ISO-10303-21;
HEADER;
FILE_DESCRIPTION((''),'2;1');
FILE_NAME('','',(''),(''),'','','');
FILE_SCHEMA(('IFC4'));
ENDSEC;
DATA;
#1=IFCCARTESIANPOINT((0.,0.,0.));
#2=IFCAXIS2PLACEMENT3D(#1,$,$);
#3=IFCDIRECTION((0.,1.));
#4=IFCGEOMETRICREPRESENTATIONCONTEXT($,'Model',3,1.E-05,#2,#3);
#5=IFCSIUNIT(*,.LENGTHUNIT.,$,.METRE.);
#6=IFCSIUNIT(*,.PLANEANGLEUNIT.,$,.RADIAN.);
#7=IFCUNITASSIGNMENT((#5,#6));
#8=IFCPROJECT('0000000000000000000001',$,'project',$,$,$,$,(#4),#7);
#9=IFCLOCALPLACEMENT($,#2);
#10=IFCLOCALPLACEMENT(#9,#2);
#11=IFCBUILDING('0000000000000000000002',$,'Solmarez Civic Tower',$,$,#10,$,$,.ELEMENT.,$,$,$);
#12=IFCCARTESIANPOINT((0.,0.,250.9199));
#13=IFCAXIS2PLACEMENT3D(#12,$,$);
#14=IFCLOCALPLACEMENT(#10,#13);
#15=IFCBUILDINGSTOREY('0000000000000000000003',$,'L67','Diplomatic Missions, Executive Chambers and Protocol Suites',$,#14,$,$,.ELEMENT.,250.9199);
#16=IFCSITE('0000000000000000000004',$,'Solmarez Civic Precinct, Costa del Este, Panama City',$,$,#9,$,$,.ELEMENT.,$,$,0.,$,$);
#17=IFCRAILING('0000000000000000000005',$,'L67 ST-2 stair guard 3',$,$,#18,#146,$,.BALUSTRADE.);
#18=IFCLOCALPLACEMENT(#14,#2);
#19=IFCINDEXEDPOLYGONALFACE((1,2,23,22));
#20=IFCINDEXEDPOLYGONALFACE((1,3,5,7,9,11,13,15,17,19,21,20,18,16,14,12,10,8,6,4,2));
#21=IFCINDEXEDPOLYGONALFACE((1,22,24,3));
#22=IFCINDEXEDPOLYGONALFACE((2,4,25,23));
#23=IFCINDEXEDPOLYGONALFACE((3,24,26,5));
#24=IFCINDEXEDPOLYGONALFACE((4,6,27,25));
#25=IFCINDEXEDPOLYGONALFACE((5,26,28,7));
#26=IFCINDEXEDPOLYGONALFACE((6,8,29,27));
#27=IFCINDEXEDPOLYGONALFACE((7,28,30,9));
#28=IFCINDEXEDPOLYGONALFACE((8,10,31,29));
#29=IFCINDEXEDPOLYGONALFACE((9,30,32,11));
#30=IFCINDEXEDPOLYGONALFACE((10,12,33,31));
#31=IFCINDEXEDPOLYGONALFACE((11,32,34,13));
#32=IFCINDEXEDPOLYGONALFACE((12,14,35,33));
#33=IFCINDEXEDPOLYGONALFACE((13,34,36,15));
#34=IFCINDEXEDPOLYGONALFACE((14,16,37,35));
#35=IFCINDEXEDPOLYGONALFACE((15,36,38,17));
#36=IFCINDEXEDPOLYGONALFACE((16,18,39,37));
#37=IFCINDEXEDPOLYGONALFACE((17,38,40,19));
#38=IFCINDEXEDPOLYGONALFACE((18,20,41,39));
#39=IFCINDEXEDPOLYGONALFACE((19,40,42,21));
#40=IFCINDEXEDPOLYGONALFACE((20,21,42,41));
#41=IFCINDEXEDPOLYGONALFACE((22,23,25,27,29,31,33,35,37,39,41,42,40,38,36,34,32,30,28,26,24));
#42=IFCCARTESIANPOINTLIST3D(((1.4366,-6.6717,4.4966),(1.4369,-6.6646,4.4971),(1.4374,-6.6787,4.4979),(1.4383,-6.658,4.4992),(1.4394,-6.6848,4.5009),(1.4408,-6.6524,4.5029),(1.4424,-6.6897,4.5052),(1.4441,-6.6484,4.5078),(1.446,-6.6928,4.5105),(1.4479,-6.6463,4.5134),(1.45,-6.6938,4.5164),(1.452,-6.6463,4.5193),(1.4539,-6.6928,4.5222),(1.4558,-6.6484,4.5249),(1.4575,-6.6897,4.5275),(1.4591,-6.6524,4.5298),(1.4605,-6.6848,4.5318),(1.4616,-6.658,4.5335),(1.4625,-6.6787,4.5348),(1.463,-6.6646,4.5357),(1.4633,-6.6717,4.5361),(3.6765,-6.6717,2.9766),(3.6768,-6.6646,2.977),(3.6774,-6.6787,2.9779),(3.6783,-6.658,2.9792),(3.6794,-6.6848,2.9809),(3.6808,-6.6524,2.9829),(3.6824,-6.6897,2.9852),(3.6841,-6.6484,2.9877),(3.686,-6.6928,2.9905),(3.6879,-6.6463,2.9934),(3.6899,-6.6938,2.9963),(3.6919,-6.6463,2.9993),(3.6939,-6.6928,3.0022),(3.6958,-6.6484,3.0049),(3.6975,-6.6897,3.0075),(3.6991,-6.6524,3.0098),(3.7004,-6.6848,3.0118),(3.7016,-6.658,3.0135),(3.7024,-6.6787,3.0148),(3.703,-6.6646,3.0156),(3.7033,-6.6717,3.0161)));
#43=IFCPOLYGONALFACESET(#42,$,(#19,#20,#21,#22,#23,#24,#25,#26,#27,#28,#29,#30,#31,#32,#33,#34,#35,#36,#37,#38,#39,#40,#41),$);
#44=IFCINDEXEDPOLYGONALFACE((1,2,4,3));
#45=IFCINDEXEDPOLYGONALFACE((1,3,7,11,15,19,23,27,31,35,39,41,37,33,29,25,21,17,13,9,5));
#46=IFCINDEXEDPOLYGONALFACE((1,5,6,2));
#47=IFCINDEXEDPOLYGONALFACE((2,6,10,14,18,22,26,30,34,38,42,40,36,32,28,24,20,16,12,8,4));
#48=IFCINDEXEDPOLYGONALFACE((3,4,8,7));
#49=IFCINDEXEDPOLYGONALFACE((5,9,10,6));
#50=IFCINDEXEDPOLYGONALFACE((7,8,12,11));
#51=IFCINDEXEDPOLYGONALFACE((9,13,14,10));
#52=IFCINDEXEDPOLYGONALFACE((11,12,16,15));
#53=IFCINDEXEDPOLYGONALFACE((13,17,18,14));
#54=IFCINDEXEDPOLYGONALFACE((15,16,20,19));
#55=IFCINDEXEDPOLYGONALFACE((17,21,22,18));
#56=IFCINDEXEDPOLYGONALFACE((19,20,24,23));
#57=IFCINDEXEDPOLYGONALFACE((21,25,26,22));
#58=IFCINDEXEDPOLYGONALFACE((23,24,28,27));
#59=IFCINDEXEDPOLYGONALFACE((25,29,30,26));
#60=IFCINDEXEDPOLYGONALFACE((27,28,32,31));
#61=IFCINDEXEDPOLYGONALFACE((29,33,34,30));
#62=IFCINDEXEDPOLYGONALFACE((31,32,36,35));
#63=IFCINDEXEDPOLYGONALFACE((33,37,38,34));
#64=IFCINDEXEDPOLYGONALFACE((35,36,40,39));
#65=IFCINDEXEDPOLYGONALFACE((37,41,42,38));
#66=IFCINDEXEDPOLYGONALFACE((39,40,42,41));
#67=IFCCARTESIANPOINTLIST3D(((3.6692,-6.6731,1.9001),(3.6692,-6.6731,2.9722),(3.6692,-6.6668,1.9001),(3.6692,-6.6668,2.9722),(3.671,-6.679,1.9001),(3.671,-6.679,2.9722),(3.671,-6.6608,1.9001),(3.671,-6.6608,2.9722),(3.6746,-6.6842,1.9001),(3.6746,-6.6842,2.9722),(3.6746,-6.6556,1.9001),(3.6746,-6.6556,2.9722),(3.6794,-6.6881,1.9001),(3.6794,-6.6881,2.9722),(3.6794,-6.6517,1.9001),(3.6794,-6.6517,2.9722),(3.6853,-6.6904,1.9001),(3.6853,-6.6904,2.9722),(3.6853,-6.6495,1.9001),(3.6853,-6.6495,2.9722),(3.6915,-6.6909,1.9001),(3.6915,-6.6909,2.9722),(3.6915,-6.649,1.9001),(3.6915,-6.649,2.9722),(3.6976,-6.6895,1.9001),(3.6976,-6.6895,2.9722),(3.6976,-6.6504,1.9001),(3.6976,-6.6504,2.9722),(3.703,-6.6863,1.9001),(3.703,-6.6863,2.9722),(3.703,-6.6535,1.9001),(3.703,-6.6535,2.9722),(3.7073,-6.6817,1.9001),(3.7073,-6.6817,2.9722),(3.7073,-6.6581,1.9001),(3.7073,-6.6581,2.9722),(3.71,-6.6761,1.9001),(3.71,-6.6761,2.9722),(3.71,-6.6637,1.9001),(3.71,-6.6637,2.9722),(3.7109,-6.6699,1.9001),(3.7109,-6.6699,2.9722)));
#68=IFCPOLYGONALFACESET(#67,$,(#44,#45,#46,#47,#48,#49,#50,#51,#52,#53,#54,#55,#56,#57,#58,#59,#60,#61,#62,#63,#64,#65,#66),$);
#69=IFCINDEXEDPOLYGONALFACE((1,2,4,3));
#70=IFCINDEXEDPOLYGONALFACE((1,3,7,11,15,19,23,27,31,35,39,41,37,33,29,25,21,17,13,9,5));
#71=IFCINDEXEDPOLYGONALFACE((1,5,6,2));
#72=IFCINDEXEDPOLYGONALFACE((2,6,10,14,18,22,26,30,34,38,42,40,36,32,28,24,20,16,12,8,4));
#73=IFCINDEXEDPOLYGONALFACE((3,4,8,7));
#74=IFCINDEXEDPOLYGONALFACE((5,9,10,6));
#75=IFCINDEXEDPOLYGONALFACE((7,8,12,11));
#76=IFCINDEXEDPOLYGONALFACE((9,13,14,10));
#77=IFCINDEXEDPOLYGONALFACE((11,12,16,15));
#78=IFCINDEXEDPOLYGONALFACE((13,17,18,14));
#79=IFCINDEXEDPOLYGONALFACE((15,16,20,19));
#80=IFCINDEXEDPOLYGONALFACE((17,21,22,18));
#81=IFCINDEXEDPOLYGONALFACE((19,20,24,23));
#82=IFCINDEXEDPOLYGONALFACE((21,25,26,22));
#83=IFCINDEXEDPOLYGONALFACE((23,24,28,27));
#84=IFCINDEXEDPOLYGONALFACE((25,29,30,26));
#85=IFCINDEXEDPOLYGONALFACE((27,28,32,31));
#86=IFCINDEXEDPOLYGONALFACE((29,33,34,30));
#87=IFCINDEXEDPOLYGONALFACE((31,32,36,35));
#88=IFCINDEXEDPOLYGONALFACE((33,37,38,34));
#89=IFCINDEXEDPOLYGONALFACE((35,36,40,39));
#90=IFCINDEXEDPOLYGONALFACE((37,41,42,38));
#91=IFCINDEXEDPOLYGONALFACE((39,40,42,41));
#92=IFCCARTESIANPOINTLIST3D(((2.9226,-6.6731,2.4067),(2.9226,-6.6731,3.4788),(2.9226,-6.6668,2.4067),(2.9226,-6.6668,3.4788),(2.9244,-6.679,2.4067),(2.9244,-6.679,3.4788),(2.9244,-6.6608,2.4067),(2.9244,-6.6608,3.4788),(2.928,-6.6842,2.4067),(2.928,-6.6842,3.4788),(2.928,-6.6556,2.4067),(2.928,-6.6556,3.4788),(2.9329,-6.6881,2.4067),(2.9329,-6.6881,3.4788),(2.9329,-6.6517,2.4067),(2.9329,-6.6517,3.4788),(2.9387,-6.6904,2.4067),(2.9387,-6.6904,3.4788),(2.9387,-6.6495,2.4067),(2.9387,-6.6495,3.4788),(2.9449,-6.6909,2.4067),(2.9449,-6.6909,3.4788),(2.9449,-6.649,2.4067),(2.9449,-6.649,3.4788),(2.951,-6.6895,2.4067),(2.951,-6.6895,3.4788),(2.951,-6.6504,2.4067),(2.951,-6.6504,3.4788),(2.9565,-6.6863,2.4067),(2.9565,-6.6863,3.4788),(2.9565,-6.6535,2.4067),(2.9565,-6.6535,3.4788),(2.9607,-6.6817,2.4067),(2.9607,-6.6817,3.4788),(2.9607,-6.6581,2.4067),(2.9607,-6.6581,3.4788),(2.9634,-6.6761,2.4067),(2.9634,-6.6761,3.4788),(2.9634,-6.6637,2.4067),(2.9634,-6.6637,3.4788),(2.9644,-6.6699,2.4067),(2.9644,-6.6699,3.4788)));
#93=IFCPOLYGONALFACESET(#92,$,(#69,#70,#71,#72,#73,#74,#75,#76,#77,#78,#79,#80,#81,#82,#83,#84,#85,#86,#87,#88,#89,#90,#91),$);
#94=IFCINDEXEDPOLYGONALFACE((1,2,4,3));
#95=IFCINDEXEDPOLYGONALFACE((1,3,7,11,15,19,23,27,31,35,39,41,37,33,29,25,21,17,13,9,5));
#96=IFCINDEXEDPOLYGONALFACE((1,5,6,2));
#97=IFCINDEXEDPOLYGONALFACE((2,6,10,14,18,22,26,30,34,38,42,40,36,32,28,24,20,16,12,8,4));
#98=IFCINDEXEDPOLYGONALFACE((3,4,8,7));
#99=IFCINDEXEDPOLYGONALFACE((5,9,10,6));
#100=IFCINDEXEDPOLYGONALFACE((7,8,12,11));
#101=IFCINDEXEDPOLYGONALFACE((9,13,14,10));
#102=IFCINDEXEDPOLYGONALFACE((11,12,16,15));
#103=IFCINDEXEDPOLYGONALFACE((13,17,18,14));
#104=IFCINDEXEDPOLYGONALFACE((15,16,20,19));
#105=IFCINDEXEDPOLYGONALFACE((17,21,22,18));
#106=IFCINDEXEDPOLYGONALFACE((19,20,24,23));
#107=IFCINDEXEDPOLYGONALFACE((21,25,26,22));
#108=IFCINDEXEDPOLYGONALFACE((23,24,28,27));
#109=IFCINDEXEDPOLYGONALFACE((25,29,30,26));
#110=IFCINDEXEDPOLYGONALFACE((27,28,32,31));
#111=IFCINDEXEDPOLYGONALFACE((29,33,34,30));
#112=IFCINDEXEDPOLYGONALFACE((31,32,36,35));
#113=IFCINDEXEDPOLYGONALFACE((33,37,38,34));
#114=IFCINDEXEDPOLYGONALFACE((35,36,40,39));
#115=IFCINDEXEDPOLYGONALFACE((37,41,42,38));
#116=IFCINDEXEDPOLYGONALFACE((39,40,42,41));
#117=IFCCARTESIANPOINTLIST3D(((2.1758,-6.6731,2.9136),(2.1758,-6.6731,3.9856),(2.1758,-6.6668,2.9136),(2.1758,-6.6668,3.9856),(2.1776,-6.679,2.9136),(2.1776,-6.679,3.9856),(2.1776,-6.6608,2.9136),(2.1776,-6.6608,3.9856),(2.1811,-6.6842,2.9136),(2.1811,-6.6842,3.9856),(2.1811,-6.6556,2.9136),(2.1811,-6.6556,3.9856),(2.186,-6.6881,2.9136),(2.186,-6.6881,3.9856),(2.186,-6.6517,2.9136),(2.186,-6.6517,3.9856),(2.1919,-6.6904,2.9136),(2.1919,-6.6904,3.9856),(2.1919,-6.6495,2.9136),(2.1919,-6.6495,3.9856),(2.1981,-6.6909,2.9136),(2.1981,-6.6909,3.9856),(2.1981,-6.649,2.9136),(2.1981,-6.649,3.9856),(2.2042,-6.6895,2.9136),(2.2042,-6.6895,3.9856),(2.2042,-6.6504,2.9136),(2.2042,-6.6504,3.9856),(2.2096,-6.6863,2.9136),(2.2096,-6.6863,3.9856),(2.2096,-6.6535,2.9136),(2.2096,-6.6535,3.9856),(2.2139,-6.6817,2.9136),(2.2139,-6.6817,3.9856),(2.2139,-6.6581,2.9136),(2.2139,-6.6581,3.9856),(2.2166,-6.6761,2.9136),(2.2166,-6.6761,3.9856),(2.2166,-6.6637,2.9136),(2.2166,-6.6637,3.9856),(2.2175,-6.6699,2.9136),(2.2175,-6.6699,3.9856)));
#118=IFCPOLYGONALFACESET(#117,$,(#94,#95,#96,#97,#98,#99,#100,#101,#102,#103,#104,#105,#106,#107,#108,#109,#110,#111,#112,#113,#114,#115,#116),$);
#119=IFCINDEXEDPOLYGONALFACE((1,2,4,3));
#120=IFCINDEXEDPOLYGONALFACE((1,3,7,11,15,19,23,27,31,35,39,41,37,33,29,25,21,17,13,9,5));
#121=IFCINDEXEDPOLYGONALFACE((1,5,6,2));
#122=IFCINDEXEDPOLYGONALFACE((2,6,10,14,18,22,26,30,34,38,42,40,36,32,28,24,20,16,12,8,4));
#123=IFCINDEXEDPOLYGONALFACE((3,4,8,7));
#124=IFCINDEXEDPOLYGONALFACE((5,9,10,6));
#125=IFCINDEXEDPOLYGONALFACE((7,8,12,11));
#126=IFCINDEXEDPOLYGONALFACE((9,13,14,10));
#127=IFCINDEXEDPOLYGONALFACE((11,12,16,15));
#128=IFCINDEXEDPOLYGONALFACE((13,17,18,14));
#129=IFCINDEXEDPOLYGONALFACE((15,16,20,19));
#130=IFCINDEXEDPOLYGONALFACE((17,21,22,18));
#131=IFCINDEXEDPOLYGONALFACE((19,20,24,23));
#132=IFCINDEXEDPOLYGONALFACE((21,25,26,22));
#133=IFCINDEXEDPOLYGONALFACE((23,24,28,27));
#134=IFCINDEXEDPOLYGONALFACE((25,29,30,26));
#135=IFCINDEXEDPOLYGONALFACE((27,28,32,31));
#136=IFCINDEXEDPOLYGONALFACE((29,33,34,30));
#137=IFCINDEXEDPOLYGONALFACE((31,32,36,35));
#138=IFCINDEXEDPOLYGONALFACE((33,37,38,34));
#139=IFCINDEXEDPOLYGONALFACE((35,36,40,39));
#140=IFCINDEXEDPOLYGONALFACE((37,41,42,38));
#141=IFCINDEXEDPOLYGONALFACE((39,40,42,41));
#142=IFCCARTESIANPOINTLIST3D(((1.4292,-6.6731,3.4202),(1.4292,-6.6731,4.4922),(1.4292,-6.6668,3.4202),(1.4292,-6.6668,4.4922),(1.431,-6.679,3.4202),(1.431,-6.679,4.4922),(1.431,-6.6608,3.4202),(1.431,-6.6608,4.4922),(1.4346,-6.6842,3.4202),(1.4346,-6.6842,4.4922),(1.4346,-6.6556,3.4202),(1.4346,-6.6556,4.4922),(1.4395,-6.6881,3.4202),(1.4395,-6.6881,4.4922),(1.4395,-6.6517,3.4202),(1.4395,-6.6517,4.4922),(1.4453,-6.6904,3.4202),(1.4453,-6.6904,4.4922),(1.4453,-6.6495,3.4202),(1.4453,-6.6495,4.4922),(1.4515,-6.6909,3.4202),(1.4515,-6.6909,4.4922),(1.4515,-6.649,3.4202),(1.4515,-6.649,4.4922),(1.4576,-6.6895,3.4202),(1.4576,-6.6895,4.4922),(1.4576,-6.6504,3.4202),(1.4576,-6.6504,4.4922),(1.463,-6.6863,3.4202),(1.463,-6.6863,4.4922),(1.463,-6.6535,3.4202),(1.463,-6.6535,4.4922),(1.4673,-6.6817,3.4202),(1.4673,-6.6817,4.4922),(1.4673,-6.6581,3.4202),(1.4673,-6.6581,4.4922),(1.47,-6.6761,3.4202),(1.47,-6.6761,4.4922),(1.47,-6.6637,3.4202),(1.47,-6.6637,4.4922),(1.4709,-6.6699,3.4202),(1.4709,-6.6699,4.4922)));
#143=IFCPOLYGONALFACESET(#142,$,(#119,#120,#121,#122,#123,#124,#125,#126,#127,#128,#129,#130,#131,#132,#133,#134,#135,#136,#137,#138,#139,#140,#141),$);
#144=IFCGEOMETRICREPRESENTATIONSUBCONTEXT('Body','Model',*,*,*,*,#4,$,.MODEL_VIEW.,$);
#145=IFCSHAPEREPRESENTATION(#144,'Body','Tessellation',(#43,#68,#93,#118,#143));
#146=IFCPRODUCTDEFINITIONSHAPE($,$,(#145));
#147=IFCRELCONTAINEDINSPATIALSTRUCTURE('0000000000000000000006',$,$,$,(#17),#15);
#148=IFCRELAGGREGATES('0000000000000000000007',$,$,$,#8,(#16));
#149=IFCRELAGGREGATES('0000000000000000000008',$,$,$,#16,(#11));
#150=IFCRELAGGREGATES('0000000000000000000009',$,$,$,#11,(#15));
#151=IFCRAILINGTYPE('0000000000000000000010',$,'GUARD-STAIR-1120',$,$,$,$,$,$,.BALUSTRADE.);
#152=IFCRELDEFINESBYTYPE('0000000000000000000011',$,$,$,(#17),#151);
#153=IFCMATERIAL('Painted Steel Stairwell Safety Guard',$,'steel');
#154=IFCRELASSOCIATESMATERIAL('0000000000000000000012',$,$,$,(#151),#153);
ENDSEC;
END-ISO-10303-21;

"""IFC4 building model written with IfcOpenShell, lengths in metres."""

from ifc_helpers import new_model, si_unit, direction, frame, origin, origin_2d, place, context, subcontext, project, spatial, circle, extrude, material, type_object, element, save


model = new_model("IFC4")

# Units and contexts
model_context = context("Model", 3, precision=1e-05, world=origin(), true_north=direction((0.0, 1.0)))
body_context = subcontext(model_context, "Body", "Model", "MODEL_VIEW")
ifc_project = project(units=[si_unit("LENGTHUNIT", "METRE"), si_unit("PLANEANGLEUNIT", "RADIAN")], contexts=[model_context])

# Site, building, storey
site_placement = place(None, origin())
site = spatial("IfcSite", under=ifc_project, at=site_placement, Name="Solmarez Civic Precinct, Costa del Este, Panama City", CompositionType="ELEMENT", RefElevation=0.0)
building_placement = place(site_placement, origin())
building = spatial("IfcBuilding", under=site, at=building_placement, Name="Solmarez Civic Tower", CompositionType="ELEMENT")
storey_placement = place(building_placement, frame((0.0, 0.0, 250.9199)))
storey = spatial("IfcBuildingStorey", under=building, at=storey_placement, Name="L67", Description="Diplomatic Missions, Executive Chambers and Protocol Suites", CompositionType="ELEMENT", Elevation=250.9199)

# Railing
ifc_material_1 = material(Name="Painted Steel Stairwell Safety Guard", Category="steel")
railing_type_1 = type_object("IfcRailingType", Name="GUARD-STAIR-1120", PredefinedType="BALUSTRADE", material=ifc_material_1)
railing_1_placement = place(storey_placement, frame((3.6899, -6.6699, 1.9001)))
element("IfcRailing", 1, at=railing_1_placement, inside=storey, type_object=railing_type_1, Name="L67 ST-2 stair guard 3", PredefinedType="BALUSTRADE", context=body_context, shape_type="SweptSolid", body=[
    extrude(circle(Radius=0.0239, at=origin_2d()), frame((0.0, 0.0, 1.0962), z_axis=(-0.827471, 0.0, 0.561508), x_axis=(0.0, -1.0, 0.0)), (0.0, 0.0, 1.0), 2.707),
    extrude(circle(Radius=0.021, at=origin_2d()), origin(), (0.0, 0.0, 1.0), 1.072),
    extrude(circle(Radius=0.021, at=origin_2d()), frame((-0.7466, 0.0, 0.5066)), (0.0, 0.0, 1.0), 1.072),
    extrude(circle(Radius=0.021, at=origin_2d()), frame((-1.4934, 0.0, 1.0134)), (0.0, 0.0, 1.0), 1.072),
    extrude(circle(Radius=0.021, at=origin_2d()), frame((-2.24, 0.0, 1.52)), (0.0, 0.0, 1.0), 1.072),
])

save(model, "model.ifc")
